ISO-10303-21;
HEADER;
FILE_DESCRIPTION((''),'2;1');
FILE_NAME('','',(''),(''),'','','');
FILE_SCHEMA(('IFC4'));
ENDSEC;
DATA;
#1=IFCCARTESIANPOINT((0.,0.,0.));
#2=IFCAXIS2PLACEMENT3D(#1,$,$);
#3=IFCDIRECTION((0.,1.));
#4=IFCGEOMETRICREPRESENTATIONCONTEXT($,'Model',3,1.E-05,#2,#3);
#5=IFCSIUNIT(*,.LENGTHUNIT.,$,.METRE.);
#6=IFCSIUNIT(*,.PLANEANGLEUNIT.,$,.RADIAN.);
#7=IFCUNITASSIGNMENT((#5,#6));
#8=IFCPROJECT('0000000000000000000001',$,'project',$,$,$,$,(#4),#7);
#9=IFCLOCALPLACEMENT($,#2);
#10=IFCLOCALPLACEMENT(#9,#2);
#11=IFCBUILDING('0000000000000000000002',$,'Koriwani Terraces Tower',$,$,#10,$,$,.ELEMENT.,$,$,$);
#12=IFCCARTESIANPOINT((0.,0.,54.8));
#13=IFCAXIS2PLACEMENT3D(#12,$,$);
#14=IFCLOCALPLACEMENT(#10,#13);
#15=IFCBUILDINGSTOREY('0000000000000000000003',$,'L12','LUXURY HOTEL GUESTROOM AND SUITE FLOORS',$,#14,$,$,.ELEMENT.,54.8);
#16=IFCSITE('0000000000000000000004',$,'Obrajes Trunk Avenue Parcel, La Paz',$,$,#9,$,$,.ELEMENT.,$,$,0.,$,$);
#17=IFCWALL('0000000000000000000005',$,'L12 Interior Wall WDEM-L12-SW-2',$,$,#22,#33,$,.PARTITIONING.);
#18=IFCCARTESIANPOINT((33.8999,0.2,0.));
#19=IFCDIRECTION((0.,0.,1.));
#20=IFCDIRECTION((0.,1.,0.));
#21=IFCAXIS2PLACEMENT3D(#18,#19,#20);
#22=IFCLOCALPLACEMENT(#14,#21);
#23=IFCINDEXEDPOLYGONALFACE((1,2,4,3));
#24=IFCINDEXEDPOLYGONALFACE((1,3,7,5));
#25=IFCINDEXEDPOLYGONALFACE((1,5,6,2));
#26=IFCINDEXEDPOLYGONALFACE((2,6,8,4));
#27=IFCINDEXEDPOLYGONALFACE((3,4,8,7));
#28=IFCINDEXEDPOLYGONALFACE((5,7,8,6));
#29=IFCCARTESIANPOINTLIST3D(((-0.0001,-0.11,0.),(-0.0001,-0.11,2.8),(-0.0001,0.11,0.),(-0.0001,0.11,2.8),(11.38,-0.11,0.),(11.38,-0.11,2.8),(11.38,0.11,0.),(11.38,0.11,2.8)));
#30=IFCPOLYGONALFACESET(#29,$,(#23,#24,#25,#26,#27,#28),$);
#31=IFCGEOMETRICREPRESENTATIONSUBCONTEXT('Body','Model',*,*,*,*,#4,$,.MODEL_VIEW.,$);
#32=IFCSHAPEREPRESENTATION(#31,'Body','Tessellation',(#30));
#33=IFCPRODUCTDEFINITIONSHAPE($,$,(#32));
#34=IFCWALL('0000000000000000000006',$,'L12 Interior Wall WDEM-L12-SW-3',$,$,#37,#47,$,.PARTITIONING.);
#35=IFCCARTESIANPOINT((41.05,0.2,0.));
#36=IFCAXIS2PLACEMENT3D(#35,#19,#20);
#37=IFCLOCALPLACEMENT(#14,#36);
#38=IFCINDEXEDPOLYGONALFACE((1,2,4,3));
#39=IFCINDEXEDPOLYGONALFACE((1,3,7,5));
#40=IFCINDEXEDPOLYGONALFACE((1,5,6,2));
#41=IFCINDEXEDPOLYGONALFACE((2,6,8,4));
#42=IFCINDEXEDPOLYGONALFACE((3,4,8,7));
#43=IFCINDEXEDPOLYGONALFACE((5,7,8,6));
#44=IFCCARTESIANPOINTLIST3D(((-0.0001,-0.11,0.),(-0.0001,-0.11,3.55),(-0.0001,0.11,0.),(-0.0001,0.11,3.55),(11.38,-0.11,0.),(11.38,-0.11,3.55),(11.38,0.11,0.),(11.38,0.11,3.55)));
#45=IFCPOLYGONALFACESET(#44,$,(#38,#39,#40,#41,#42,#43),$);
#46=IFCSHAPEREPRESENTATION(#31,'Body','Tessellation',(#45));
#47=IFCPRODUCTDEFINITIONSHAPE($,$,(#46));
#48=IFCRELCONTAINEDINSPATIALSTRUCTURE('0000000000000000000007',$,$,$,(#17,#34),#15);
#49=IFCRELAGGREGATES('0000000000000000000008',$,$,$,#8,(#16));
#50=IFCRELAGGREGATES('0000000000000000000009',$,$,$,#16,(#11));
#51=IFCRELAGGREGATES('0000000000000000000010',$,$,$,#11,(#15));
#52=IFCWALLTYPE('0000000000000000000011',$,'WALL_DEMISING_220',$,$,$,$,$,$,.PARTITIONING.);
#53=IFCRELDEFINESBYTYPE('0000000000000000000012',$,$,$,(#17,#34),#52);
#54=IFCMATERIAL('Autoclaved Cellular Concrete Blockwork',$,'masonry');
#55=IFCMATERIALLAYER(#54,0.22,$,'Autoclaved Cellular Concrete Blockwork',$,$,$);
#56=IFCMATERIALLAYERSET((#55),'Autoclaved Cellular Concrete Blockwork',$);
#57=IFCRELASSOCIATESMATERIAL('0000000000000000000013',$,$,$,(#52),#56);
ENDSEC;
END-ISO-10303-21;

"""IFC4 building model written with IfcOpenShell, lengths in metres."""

from ifc_helpers import new_model, si_unit, direction, frame, frame_2d, origin, place, context, subcontext, project, spatial, rectangle, extrude, material, layer, layer_set, type_object, element, save


model = new_model("IFC4")

# Units and contexts
model_context = context("Model", 3, precision=1e-05, world=origin(), true_north=direction((0.0, 1.0)))
body_context = subcontext(model_context, "Body", "Model", "MODEL_VIEW")
ifc_project = project(units=[si_unit("LENGTHUNIT", "METRE"), si_unit("PLANEANGLEUNIT", "RADIAN")], contexts=[model_context])

# Site, building, storey
site_placement = place(None, origin())
site = spatial("IfcSite", under=ifc_project, at=site_placement, Name="Obrajes Trunk Avenue Parcel, La Paz", CompositionType="ELEMENT", RefElevation=0.0)
building_placement = place(site_placement, origin())
building = spatial("IfcBuilding", under=site, at=building_placement, Name="Koriwani Terraces Tower", CompositionType="ELEMENT")
storey_placement = place(building_placement, frame((0.0, 0.0, 54.8)))
storey = spatial("IfcBuildingStorey", under=building, at=storey_placement, Name="L12", Description="LUXURY HOTEL GUESTROOM AND SUITE FLOORS", CompositionType="ELEMENT", Elevation=54.8)

# Walls
ifc_material_1 = material(Name="Autoclaved Cellular Concrete Blockwork", Category="masonry")
ifc_layer_1 = layer(ifc_material_1, 0.22, Name="Autoclaved Cellular Concrete Blockwork")
ifc_layer_set_1 = layer_set([ifc_layer_1], Name="Autoclaved Cellular Concrete Blockwork")
wall_type_1 = type_object("IfcWallType", Name="WALL_DEMISING_220", PredefinedType="PARTITIONING", material=ifc_layer_set_1)
wall_1_placement = place(storey_placement, frame((33.8999, 0.2, 0.0), z_axis=(0.0, 0.0, 1.0), x_axis=(0.0, 1.0, 0.0)))
element("IfcWall", 1, at=wall_1_placement, inside=storey, type_object=wall_type_1, Name="L12 Interior Wall WDEM-L12-SW-2", PredefinedType="PARTITIONING", context=body_context, shape_type="SweptSolid", body=[
    extrude(rectangle(XDim=11.3801, YDim=0.22, at=frame_2d((5.6899, 0.0))), origin(), (0.0, 0.0, 1.0), 2.8),
])
wall_2_placement = place(storey_placement, frame((41.05, 0.2, 0.0), z_axis=(0.0, 0.0, 1.0), x_axis=(0.0, 1.0, 0.0)))
element("IfcWall", 2, at=wall_2_placement, inside=storey, type_object=wall_type_1, Name="L12 Interior Wall WDEM-L12-SW-3", PredefinedType="PARTITIONING", context=body_context, shape_type="SweptSolid", body=[
    extrude(rectangle(XDim=11.3801, YDim=0.22, at=frame_2d((5.6899, 0.0))), origin(), (0.0, 0.0, 1.0), 3.55),
])

save(model, "model.ifc")
